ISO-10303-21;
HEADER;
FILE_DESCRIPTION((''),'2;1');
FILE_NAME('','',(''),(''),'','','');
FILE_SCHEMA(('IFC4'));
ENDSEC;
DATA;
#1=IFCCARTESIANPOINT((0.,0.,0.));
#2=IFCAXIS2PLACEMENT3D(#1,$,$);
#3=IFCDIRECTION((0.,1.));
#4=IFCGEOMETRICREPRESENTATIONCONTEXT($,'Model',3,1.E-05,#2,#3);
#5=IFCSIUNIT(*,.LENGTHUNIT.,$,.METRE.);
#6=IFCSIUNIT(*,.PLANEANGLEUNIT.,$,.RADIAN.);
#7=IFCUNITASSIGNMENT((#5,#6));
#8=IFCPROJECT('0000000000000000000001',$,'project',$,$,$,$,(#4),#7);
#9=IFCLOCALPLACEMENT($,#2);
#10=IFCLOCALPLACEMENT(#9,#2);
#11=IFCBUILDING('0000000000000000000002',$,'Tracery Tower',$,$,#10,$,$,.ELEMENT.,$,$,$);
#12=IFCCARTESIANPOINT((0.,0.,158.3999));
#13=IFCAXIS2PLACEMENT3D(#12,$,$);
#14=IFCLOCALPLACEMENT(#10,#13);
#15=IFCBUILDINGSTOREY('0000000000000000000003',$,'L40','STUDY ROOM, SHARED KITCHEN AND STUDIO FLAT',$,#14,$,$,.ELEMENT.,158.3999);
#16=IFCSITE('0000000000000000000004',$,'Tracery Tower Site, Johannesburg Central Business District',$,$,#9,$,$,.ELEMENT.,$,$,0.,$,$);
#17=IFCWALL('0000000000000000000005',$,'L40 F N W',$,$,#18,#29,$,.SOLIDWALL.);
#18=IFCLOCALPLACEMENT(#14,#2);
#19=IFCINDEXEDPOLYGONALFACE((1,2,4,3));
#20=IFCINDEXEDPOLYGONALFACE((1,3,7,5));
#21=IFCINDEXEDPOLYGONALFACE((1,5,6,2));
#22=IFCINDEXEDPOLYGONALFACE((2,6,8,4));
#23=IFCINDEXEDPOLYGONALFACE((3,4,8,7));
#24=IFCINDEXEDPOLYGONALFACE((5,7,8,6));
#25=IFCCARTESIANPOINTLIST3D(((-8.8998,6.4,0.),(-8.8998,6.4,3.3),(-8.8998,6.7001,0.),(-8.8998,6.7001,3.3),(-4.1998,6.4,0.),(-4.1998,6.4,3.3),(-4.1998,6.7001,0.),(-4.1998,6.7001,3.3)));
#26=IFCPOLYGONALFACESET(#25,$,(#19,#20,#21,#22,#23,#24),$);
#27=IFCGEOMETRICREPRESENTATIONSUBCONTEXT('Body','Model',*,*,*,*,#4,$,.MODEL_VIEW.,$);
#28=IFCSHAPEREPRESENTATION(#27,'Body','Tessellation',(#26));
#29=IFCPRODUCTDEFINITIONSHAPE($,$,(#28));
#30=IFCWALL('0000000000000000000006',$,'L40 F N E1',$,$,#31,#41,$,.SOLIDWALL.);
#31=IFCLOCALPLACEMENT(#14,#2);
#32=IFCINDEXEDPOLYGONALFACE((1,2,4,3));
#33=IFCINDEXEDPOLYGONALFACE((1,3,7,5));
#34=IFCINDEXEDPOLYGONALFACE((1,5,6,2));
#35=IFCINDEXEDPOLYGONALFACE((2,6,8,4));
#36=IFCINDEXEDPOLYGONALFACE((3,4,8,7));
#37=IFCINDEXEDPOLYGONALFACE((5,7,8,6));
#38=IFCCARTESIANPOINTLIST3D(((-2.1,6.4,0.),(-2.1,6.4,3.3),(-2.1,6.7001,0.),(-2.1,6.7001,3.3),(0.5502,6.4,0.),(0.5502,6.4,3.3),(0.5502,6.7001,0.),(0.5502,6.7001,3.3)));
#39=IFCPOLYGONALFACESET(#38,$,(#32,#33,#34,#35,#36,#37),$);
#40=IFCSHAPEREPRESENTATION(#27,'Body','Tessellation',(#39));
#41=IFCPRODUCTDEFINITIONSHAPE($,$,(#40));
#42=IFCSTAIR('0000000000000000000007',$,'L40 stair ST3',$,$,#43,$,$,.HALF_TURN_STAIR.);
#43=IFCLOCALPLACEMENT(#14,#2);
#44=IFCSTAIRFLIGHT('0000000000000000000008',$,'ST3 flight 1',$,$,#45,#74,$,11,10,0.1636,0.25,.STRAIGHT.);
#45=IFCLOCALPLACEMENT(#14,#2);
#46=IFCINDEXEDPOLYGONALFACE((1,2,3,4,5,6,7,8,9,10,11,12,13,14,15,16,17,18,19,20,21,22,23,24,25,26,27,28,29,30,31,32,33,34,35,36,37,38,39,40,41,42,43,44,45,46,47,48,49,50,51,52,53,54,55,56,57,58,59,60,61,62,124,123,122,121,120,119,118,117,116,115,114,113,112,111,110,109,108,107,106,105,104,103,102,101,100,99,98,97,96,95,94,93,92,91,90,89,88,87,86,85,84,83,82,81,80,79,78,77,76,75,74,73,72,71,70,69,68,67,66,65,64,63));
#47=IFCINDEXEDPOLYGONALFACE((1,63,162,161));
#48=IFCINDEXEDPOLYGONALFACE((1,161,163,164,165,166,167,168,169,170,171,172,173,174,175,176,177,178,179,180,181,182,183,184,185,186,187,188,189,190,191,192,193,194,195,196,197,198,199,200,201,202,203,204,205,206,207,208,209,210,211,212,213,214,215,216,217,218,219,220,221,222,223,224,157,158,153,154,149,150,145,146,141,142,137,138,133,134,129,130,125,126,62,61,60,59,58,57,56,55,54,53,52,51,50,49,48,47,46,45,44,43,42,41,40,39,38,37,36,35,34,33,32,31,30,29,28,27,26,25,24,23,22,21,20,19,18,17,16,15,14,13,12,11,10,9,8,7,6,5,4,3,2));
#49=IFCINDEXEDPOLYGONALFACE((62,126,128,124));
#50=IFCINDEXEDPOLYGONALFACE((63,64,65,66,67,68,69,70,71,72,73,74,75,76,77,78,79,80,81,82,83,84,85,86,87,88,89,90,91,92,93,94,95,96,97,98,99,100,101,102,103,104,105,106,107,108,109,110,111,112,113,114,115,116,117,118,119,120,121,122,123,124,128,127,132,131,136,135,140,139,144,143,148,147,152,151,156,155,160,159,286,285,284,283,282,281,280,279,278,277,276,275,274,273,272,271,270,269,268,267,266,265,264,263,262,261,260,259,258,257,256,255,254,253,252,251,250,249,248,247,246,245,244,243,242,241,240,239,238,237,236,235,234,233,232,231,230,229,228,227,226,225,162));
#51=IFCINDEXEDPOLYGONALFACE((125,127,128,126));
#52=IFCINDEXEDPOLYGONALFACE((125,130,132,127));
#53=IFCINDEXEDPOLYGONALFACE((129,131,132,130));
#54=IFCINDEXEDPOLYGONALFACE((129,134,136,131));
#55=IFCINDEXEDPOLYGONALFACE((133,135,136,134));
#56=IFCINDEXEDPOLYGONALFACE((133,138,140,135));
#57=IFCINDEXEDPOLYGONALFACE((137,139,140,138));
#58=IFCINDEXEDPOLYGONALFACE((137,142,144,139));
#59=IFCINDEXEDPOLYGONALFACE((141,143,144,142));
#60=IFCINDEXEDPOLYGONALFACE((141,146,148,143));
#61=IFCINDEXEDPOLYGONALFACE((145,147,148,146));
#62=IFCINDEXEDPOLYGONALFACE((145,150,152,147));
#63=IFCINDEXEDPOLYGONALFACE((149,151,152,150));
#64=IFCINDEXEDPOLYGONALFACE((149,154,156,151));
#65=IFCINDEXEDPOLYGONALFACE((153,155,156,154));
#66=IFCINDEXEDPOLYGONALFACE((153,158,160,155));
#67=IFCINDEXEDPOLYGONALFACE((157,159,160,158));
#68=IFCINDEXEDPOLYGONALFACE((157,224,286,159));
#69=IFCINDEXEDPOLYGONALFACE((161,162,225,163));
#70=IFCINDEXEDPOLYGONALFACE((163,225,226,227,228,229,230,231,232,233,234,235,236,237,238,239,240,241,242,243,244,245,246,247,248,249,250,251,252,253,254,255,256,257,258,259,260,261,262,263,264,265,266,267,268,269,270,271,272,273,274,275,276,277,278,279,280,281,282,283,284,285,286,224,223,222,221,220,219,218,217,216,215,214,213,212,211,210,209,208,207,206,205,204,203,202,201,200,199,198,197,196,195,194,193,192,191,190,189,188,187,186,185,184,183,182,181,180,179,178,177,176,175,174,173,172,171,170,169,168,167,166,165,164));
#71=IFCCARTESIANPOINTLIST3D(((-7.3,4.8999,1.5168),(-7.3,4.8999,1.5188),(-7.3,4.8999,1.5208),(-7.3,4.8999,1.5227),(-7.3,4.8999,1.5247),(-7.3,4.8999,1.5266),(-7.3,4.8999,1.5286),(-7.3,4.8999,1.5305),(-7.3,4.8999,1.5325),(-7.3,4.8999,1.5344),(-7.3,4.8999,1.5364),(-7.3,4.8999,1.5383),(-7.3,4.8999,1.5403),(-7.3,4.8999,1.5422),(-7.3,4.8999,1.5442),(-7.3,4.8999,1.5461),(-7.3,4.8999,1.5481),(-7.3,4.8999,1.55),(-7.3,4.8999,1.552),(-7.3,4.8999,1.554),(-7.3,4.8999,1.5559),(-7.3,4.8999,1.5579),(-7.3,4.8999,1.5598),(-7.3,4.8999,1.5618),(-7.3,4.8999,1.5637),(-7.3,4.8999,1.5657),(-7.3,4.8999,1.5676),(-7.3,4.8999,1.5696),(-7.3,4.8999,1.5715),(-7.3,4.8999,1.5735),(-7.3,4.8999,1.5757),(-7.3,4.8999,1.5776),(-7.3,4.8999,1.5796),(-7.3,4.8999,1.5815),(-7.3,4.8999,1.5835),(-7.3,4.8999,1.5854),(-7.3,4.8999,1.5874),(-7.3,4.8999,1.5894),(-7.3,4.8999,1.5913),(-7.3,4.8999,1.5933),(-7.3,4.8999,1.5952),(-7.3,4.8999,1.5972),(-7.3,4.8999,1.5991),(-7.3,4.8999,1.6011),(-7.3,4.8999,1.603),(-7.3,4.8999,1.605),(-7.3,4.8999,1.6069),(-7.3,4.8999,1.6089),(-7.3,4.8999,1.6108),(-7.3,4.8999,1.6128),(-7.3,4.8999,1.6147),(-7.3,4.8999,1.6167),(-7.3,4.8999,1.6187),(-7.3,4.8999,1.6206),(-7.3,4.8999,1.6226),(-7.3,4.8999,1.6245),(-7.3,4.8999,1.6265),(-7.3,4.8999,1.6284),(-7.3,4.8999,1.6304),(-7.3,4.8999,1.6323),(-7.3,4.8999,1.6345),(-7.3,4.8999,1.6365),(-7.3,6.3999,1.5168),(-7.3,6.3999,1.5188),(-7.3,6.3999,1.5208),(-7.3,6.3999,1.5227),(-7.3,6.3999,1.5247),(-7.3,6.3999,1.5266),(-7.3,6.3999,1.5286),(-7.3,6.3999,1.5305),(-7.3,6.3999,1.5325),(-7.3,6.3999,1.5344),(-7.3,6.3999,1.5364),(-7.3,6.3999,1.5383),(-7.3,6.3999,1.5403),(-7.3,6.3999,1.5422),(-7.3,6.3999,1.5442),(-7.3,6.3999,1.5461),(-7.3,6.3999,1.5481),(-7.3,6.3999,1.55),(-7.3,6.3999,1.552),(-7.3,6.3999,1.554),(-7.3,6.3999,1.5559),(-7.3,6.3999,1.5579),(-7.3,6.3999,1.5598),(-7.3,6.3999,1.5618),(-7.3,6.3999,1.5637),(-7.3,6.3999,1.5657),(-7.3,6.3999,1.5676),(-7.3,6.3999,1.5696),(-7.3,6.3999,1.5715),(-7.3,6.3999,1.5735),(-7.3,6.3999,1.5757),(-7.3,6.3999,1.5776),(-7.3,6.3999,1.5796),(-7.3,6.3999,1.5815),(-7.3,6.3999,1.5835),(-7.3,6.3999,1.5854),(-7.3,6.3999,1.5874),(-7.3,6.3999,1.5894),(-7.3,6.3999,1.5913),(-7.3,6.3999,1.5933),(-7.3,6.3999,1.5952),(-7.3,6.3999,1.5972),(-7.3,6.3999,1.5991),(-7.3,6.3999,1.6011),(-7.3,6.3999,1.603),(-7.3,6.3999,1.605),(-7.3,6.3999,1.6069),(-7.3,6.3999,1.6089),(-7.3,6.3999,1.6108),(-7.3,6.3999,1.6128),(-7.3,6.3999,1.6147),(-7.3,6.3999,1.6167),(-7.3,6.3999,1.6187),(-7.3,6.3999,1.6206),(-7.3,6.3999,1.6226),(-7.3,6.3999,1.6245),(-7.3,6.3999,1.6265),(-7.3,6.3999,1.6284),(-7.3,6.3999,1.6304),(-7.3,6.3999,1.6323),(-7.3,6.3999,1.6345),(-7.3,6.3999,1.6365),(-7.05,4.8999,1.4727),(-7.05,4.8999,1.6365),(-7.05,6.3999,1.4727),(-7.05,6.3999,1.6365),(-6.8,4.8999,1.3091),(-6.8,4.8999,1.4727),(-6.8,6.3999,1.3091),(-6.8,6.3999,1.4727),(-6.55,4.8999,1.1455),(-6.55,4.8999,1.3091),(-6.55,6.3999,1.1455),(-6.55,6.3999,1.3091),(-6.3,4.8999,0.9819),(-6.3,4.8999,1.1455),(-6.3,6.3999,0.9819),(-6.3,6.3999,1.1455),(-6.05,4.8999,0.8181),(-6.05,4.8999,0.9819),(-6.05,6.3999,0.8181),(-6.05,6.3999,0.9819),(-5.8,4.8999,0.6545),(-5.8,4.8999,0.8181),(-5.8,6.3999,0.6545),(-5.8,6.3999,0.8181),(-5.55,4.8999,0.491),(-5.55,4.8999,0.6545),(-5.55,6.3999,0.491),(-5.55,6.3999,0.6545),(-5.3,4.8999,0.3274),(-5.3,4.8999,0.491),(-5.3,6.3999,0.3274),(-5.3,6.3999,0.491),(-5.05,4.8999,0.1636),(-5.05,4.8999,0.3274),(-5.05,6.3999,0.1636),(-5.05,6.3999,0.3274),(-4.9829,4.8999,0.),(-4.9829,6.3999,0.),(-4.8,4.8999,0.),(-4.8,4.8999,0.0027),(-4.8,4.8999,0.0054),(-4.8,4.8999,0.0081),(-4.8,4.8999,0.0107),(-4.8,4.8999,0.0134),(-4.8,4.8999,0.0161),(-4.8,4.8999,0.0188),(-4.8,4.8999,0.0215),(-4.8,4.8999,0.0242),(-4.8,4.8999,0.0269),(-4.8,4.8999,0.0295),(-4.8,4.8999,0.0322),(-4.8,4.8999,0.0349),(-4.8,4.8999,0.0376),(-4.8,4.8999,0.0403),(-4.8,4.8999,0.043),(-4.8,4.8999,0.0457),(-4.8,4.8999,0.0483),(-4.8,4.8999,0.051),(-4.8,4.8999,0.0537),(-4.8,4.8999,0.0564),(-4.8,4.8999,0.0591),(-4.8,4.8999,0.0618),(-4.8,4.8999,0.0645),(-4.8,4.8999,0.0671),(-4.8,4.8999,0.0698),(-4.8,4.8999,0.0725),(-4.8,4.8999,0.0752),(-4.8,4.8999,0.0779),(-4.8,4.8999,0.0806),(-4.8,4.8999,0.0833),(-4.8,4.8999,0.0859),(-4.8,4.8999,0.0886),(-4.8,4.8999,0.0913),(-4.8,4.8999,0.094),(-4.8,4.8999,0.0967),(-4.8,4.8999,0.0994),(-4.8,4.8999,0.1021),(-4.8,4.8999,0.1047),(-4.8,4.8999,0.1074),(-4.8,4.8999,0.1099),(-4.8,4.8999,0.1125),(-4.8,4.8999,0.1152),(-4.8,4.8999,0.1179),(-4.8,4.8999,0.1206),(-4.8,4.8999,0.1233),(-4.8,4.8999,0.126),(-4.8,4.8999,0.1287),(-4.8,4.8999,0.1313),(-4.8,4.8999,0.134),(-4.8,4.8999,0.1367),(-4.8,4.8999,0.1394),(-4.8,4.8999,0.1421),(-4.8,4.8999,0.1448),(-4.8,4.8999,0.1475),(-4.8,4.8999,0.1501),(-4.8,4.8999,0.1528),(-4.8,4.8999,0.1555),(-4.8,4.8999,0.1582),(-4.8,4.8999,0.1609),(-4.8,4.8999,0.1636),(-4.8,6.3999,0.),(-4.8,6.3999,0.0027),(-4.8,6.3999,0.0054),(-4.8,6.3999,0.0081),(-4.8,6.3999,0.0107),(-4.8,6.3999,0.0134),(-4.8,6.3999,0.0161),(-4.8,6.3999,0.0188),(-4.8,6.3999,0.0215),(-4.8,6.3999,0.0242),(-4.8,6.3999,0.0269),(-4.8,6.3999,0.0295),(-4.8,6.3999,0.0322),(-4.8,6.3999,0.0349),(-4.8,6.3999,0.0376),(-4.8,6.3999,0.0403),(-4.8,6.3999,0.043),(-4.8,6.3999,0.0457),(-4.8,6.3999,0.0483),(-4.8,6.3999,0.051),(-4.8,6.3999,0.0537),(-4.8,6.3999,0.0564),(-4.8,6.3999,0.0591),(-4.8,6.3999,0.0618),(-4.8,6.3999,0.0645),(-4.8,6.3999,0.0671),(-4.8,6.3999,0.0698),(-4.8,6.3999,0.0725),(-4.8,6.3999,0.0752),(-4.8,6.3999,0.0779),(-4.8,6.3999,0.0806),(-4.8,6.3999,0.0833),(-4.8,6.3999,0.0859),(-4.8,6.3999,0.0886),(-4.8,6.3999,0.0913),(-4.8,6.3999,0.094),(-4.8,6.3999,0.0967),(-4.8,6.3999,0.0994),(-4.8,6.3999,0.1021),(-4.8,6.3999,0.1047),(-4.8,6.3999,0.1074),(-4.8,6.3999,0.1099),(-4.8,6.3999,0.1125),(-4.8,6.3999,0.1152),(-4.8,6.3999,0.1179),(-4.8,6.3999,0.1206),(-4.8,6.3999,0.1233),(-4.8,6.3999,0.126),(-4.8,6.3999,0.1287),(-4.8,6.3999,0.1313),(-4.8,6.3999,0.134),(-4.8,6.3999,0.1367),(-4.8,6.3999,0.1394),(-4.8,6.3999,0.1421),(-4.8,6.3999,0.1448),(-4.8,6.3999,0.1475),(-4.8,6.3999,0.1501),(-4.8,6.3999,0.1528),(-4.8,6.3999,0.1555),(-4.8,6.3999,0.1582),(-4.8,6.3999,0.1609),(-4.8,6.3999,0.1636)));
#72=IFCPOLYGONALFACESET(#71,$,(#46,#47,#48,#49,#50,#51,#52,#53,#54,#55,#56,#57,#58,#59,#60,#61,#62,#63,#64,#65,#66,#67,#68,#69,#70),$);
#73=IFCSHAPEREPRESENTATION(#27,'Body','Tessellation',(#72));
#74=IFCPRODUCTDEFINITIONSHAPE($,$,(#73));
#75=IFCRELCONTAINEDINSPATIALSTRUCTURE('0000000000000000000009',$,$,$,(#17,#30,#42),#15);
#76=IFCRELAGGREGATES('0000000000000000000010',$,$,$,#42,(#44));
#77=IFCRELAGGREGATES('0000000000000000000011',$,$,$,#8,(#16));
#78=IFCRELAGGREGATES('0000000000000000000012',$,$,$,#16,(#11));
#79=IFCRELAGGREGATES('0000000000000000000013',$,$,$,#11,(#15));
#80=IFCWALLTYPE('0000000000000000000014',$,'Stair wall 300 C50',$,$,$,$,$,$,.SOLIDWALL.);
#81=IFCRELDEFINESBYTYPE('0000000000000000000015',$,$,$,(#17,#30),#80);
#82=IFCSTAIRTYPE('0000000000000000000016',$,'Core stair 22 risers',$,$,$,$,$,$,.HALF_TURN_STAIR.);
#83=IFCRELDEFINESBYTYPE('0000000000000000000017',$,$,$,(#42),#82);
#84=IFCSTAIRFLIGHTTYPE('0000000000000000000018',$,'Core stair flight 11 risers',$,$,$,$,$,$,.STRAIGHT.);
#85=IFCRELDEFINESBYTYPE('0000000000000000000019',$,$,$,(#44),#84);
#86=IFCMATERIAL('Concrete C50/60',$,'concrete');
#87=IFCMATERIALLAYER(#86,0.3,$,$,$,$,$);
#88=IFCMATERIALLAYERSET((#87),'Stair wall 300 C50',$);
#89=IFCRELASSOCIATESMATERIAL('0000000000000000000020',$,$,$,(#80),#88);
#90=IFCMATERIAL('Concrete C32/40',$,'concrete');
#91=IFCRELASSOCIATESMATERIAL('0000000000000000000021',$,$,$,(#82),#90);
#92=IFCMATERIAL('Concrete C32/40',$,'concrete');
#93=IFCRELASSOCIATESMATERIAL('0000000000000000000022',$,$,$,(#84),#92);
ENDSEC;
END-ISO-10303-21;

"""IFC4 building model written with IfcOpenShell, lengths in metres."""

from ifc_helpers import new_model, si_unit, direction, frame, frame_2d, origin, place, context, subcontext, project, spatial, polyline, rectangle, outline, extrude, material, layer, layer_set, type_object, element, aggregate, save


model = new_model("IFC4")

# Units and contexts
model_context = context("Model", 3, precision=1e-05, world=origin(), true_north=direction((0.0, 1.0)))
body_context = subcontext(model_context, "Body", "Model", "MODEL_VIEW")
ifc_project = project(units=[si_unit("LENGTHUNIT", "METRE"), si_unit("PLANEANGLEUNIT", "RADIAN")], contexts=[model_context])

# Site, building, storey
site_placement = place(None, origin())
site = spatial("IfcSite", under=ifc_project, at=site_placement, Name="Tracery Tower Site, Johannesburg Central Business District", CompositionType="ELEMENT", RefElevation=0.0)
building_placement = place(site_placement, origin())
building = spatial("IfcBuilding", under=site, at=building_placement, Name="Tracery Tower", CompositionType="ELEMENT")
storey_placement = place(building_placement, frame((0.0, 0.0, 158.3999)))
storey = spatial("IfcBuildingStorey", under=building, at=storey_placement, Name="L40", Description="STUDY ROOM, SHARED KITCHEN AND STUDIO FLAT", CompositionType="ELEMENT", Elevation=158.3999)

# Wall
ifc_material_1 = material(Name="Concrete C50/60", Category="concrete")
ifc_layer_1 = layer(ifc_material_1, 0.3)
ifc_layer_set_1 = layer_set([ifc_layer_1], Name="Stair wall 300 C50")
wall_type_1 = type_object("IfcWallType", Name="Stair wall 300 C50", PredefinedType="SOLIDWALL", material=ifc_layer_set_1)
wall_1_placement = place(storey_placement, frame((-8.8999, 6.55, 0.0), z_axis=(0.0, 0.0, 1.0), x_axis=(1.0, 0.0, 0.0)))
element("IfcWall", 1, at=wall_1_placement, inside=storey, type_object=wall_type_1, Name="L40 F N W", PredefinedType="SOLIDWALL", context=body_context, shape_type="SweptSolid", body=[
    extrude(rectangle(XDim=4.7, YDim=0.3, at=frame_2d((2.3501, 0.0))), origin(), (0.0, 0.0, 1.0), 3.3),
])

# Wall
wall_2_placement = place(storey_placement, frame((-2.1001, 6.55, 0.0), z_axis=(0.0, 0.0, 1.0), x_axis=(1.0, 0.0, 0.0)))
element("IfcWall", 2, at=wall_2_placement, inside=storey, type_object=wall_type_1, Name="L40 F N E1", PredefinedType="SOLIDWALL", context=body_context, shape_type="SweptSolid", body=[
    extrude(rectangle(XDim=2.6501, YDim=0.3, at=frame_2d((1.3252, 0.0))), origin(), (0.0, 0.0, 1.0), 3.3),
])

# Stair, stair flight
ifc_material_2 = material(Name="Concrete C32/40", Category="concrete")
stair_type = type_object("IfcStairType", Name="Core stair 22 risers", PredefinedType="HALF_TURN_STAIR", material=ifc_material_2)
stair_placement = place(storey_placement, origin())
stair = element("IfcStair", 3, at=stair_placement, inside=storey, type_object=stair_type, Name="L40 stair ST3", PredefinedType="HALF_TURN_STAIR")
ifc_material_3 = material(Name="Concrete C32/40", Category="concrete")
stair_flight_type = type_object("IfcStairFlightType", Name="Core stair flight 11 risers", PredefinedType="STRAIGHT", material=ifc_material_3)
stair_flight_1_placement = place(storey_placement, frame((-4.8, 5.6499, 0.0), z_axis=(0.0, 0.0, 1.0), x_axis=(-1.0, 0.0, 0.0)))
stair_flight_1 = element("IfcStairFlight", 4, at=stair_flight_1_placement, type_object=stair_flight_type, Name="ST3 flight 1", NumberOfRisers=11, NumberOfTreads=10, PredefinedType="STRAIGHT", RiserHeight=0.1636, TreadLength=0.25, context=body_context, shape_type="SweptSolid", body=[
    extrude(outline(polyline([(0.0, 0.0), (0.0, 0.0027), (0.0, 0.0054), (0.0, 0.0081), (0.0, 0.0107), (0.0, 0.0134), (0.0, 0.0161), (0.0, 0.0188), (0.0, 0.0215), (0.0, 0.0242), (0.0, 0.0269), (0.0, 0.0295), (0.0, 0.0322), (0.0, 0.0349), (0.0, 0.0376), (0.0, 0.0403), (0.0, 0.043), (0.0, 0.0457), (0.0, 0.0483), (0.0, 0.051), (0.0, 0.0537), (0.0, 0.0564), (0.0, 0.0591), (0.0, 0.0618), (0.0, 0.0645), (0.0, 0.0671), (0.0, 0.0698), (0.0, 0.0725), (0.0, 0.0752), (0.0, 0.0779), (0.0, 0.0806), (0.0, 0.0833), (0.0, 0.0859), (0.0, 0.0886), (0.0, 0.0913), (0.0, 0.094), (0.0, 0.0967), (0.0, 0.0994), (0.0, 0.1021), (0.0, 0.1047), (0.0, 0.1074), (0.0, 0.1099), (0.0, 0.1125), (0.0, 0.1152), (0.0, 0.1179), (0.0, 0.1206), (0.0, 0.1233), (0.0, 0.126), (0.0, 0.1287), (0.0, 0.1313), (0.0, 0.134), (0.0, 0.1367), (0.0, 0.1394), (0.0, 0.1421), (0.0, 0.1448), (0.0, 0.1475), (0.0, 0.1501), (0.0, 0.1528), (0.0, 0.1555), (0.0, 0.1582), (0.0, 0.1609), (0.0, 0.1636), (0.25, 0.1636), (0.25, 0.3274), (0.5, 0.3274), (0.5, 0.491), (0.75, 0.491), (0.75, 0.6545), (1.0, 0.6545), (1.0, 0.8181), (1.25, 0.8181), (1.25, 0.9819), (1.5, 0.9819), (1.5, 1.1455), (1.75, 1.1455), (1.75, 1.3091), (2.0, 1.3091), (2.0, 1.4727), (2.25, 1.4727), (2.25, 1.6365), (2.5, 1.6365), (2.5, 1.6345), (2.5, 1.6323), (2.5, 1.6304), (2.5, 1.6284), (2.5, 1.6265), (2.5, 1.6245), (2.5, 1.6226), (2.5, 1.6206), (2.5, 1.6187), (2.5, 1.6167), (2.5, 1.6147), (2.5, 1.6128), (2.5, 1.6108), (2.5, 1.6089), (2.5, 1.6069), (2.5, 1.605), (2.5, 1.603), (2.5, 1.6011), (2.5, 1.5991), (2.5, 1.5972), (2.5, 1.5952), (2.5, 1.5933), (2.5, 1.5913), (2.5, 1.5894), (2.5, 1.5874), (2.5, 1.5854), (2.5, 1.5835), (2.5, 1.5815), (2.5, 1.5796), (2.5, 1.5776), (2.5, 1.5757), (2.5, 1.5735), (2.5, 1.5715), (2.5, 1.5696), (2.5, 1.5676), (2.5, 1.5657), (2.5, 1.5637), (2.5, 1.5618), (2.5, 1.5598), (2.5, 1.5579), (2.5, 1.5559), (2.5, 1.554), (2.5, 1.552), (2.5, 1.55), (2.5, 1.5481), (2.5, 1.5461), (2.5, 1.5442), (2.5, 1.5422), (2.5, 1.5403), (2.5, 1.5383), (2.5, 1.5364), (2.5, 1.5344), (2.5, 1.5325), (2.5, 1.5305), (2.5, 1.5286), (2.5, 1.5266), (2.5, 1.5247), (2.5, 1.5227), (2.5, 1.5208), (2.5, 1.5188), (2.5, 1.5168), (0.1829, 0.0), (0.0, 0.0)])), frame((0.0, 0.75, 0.0), z_axis=(0.0, -1.0, 0.0), x_axis=(1.0, 0.0, 0.0)), (0.0, 0.0, 1.0), 1.5),
])
aggregate(stair, [stair_flight_1])

save(model, "model.ifc")
